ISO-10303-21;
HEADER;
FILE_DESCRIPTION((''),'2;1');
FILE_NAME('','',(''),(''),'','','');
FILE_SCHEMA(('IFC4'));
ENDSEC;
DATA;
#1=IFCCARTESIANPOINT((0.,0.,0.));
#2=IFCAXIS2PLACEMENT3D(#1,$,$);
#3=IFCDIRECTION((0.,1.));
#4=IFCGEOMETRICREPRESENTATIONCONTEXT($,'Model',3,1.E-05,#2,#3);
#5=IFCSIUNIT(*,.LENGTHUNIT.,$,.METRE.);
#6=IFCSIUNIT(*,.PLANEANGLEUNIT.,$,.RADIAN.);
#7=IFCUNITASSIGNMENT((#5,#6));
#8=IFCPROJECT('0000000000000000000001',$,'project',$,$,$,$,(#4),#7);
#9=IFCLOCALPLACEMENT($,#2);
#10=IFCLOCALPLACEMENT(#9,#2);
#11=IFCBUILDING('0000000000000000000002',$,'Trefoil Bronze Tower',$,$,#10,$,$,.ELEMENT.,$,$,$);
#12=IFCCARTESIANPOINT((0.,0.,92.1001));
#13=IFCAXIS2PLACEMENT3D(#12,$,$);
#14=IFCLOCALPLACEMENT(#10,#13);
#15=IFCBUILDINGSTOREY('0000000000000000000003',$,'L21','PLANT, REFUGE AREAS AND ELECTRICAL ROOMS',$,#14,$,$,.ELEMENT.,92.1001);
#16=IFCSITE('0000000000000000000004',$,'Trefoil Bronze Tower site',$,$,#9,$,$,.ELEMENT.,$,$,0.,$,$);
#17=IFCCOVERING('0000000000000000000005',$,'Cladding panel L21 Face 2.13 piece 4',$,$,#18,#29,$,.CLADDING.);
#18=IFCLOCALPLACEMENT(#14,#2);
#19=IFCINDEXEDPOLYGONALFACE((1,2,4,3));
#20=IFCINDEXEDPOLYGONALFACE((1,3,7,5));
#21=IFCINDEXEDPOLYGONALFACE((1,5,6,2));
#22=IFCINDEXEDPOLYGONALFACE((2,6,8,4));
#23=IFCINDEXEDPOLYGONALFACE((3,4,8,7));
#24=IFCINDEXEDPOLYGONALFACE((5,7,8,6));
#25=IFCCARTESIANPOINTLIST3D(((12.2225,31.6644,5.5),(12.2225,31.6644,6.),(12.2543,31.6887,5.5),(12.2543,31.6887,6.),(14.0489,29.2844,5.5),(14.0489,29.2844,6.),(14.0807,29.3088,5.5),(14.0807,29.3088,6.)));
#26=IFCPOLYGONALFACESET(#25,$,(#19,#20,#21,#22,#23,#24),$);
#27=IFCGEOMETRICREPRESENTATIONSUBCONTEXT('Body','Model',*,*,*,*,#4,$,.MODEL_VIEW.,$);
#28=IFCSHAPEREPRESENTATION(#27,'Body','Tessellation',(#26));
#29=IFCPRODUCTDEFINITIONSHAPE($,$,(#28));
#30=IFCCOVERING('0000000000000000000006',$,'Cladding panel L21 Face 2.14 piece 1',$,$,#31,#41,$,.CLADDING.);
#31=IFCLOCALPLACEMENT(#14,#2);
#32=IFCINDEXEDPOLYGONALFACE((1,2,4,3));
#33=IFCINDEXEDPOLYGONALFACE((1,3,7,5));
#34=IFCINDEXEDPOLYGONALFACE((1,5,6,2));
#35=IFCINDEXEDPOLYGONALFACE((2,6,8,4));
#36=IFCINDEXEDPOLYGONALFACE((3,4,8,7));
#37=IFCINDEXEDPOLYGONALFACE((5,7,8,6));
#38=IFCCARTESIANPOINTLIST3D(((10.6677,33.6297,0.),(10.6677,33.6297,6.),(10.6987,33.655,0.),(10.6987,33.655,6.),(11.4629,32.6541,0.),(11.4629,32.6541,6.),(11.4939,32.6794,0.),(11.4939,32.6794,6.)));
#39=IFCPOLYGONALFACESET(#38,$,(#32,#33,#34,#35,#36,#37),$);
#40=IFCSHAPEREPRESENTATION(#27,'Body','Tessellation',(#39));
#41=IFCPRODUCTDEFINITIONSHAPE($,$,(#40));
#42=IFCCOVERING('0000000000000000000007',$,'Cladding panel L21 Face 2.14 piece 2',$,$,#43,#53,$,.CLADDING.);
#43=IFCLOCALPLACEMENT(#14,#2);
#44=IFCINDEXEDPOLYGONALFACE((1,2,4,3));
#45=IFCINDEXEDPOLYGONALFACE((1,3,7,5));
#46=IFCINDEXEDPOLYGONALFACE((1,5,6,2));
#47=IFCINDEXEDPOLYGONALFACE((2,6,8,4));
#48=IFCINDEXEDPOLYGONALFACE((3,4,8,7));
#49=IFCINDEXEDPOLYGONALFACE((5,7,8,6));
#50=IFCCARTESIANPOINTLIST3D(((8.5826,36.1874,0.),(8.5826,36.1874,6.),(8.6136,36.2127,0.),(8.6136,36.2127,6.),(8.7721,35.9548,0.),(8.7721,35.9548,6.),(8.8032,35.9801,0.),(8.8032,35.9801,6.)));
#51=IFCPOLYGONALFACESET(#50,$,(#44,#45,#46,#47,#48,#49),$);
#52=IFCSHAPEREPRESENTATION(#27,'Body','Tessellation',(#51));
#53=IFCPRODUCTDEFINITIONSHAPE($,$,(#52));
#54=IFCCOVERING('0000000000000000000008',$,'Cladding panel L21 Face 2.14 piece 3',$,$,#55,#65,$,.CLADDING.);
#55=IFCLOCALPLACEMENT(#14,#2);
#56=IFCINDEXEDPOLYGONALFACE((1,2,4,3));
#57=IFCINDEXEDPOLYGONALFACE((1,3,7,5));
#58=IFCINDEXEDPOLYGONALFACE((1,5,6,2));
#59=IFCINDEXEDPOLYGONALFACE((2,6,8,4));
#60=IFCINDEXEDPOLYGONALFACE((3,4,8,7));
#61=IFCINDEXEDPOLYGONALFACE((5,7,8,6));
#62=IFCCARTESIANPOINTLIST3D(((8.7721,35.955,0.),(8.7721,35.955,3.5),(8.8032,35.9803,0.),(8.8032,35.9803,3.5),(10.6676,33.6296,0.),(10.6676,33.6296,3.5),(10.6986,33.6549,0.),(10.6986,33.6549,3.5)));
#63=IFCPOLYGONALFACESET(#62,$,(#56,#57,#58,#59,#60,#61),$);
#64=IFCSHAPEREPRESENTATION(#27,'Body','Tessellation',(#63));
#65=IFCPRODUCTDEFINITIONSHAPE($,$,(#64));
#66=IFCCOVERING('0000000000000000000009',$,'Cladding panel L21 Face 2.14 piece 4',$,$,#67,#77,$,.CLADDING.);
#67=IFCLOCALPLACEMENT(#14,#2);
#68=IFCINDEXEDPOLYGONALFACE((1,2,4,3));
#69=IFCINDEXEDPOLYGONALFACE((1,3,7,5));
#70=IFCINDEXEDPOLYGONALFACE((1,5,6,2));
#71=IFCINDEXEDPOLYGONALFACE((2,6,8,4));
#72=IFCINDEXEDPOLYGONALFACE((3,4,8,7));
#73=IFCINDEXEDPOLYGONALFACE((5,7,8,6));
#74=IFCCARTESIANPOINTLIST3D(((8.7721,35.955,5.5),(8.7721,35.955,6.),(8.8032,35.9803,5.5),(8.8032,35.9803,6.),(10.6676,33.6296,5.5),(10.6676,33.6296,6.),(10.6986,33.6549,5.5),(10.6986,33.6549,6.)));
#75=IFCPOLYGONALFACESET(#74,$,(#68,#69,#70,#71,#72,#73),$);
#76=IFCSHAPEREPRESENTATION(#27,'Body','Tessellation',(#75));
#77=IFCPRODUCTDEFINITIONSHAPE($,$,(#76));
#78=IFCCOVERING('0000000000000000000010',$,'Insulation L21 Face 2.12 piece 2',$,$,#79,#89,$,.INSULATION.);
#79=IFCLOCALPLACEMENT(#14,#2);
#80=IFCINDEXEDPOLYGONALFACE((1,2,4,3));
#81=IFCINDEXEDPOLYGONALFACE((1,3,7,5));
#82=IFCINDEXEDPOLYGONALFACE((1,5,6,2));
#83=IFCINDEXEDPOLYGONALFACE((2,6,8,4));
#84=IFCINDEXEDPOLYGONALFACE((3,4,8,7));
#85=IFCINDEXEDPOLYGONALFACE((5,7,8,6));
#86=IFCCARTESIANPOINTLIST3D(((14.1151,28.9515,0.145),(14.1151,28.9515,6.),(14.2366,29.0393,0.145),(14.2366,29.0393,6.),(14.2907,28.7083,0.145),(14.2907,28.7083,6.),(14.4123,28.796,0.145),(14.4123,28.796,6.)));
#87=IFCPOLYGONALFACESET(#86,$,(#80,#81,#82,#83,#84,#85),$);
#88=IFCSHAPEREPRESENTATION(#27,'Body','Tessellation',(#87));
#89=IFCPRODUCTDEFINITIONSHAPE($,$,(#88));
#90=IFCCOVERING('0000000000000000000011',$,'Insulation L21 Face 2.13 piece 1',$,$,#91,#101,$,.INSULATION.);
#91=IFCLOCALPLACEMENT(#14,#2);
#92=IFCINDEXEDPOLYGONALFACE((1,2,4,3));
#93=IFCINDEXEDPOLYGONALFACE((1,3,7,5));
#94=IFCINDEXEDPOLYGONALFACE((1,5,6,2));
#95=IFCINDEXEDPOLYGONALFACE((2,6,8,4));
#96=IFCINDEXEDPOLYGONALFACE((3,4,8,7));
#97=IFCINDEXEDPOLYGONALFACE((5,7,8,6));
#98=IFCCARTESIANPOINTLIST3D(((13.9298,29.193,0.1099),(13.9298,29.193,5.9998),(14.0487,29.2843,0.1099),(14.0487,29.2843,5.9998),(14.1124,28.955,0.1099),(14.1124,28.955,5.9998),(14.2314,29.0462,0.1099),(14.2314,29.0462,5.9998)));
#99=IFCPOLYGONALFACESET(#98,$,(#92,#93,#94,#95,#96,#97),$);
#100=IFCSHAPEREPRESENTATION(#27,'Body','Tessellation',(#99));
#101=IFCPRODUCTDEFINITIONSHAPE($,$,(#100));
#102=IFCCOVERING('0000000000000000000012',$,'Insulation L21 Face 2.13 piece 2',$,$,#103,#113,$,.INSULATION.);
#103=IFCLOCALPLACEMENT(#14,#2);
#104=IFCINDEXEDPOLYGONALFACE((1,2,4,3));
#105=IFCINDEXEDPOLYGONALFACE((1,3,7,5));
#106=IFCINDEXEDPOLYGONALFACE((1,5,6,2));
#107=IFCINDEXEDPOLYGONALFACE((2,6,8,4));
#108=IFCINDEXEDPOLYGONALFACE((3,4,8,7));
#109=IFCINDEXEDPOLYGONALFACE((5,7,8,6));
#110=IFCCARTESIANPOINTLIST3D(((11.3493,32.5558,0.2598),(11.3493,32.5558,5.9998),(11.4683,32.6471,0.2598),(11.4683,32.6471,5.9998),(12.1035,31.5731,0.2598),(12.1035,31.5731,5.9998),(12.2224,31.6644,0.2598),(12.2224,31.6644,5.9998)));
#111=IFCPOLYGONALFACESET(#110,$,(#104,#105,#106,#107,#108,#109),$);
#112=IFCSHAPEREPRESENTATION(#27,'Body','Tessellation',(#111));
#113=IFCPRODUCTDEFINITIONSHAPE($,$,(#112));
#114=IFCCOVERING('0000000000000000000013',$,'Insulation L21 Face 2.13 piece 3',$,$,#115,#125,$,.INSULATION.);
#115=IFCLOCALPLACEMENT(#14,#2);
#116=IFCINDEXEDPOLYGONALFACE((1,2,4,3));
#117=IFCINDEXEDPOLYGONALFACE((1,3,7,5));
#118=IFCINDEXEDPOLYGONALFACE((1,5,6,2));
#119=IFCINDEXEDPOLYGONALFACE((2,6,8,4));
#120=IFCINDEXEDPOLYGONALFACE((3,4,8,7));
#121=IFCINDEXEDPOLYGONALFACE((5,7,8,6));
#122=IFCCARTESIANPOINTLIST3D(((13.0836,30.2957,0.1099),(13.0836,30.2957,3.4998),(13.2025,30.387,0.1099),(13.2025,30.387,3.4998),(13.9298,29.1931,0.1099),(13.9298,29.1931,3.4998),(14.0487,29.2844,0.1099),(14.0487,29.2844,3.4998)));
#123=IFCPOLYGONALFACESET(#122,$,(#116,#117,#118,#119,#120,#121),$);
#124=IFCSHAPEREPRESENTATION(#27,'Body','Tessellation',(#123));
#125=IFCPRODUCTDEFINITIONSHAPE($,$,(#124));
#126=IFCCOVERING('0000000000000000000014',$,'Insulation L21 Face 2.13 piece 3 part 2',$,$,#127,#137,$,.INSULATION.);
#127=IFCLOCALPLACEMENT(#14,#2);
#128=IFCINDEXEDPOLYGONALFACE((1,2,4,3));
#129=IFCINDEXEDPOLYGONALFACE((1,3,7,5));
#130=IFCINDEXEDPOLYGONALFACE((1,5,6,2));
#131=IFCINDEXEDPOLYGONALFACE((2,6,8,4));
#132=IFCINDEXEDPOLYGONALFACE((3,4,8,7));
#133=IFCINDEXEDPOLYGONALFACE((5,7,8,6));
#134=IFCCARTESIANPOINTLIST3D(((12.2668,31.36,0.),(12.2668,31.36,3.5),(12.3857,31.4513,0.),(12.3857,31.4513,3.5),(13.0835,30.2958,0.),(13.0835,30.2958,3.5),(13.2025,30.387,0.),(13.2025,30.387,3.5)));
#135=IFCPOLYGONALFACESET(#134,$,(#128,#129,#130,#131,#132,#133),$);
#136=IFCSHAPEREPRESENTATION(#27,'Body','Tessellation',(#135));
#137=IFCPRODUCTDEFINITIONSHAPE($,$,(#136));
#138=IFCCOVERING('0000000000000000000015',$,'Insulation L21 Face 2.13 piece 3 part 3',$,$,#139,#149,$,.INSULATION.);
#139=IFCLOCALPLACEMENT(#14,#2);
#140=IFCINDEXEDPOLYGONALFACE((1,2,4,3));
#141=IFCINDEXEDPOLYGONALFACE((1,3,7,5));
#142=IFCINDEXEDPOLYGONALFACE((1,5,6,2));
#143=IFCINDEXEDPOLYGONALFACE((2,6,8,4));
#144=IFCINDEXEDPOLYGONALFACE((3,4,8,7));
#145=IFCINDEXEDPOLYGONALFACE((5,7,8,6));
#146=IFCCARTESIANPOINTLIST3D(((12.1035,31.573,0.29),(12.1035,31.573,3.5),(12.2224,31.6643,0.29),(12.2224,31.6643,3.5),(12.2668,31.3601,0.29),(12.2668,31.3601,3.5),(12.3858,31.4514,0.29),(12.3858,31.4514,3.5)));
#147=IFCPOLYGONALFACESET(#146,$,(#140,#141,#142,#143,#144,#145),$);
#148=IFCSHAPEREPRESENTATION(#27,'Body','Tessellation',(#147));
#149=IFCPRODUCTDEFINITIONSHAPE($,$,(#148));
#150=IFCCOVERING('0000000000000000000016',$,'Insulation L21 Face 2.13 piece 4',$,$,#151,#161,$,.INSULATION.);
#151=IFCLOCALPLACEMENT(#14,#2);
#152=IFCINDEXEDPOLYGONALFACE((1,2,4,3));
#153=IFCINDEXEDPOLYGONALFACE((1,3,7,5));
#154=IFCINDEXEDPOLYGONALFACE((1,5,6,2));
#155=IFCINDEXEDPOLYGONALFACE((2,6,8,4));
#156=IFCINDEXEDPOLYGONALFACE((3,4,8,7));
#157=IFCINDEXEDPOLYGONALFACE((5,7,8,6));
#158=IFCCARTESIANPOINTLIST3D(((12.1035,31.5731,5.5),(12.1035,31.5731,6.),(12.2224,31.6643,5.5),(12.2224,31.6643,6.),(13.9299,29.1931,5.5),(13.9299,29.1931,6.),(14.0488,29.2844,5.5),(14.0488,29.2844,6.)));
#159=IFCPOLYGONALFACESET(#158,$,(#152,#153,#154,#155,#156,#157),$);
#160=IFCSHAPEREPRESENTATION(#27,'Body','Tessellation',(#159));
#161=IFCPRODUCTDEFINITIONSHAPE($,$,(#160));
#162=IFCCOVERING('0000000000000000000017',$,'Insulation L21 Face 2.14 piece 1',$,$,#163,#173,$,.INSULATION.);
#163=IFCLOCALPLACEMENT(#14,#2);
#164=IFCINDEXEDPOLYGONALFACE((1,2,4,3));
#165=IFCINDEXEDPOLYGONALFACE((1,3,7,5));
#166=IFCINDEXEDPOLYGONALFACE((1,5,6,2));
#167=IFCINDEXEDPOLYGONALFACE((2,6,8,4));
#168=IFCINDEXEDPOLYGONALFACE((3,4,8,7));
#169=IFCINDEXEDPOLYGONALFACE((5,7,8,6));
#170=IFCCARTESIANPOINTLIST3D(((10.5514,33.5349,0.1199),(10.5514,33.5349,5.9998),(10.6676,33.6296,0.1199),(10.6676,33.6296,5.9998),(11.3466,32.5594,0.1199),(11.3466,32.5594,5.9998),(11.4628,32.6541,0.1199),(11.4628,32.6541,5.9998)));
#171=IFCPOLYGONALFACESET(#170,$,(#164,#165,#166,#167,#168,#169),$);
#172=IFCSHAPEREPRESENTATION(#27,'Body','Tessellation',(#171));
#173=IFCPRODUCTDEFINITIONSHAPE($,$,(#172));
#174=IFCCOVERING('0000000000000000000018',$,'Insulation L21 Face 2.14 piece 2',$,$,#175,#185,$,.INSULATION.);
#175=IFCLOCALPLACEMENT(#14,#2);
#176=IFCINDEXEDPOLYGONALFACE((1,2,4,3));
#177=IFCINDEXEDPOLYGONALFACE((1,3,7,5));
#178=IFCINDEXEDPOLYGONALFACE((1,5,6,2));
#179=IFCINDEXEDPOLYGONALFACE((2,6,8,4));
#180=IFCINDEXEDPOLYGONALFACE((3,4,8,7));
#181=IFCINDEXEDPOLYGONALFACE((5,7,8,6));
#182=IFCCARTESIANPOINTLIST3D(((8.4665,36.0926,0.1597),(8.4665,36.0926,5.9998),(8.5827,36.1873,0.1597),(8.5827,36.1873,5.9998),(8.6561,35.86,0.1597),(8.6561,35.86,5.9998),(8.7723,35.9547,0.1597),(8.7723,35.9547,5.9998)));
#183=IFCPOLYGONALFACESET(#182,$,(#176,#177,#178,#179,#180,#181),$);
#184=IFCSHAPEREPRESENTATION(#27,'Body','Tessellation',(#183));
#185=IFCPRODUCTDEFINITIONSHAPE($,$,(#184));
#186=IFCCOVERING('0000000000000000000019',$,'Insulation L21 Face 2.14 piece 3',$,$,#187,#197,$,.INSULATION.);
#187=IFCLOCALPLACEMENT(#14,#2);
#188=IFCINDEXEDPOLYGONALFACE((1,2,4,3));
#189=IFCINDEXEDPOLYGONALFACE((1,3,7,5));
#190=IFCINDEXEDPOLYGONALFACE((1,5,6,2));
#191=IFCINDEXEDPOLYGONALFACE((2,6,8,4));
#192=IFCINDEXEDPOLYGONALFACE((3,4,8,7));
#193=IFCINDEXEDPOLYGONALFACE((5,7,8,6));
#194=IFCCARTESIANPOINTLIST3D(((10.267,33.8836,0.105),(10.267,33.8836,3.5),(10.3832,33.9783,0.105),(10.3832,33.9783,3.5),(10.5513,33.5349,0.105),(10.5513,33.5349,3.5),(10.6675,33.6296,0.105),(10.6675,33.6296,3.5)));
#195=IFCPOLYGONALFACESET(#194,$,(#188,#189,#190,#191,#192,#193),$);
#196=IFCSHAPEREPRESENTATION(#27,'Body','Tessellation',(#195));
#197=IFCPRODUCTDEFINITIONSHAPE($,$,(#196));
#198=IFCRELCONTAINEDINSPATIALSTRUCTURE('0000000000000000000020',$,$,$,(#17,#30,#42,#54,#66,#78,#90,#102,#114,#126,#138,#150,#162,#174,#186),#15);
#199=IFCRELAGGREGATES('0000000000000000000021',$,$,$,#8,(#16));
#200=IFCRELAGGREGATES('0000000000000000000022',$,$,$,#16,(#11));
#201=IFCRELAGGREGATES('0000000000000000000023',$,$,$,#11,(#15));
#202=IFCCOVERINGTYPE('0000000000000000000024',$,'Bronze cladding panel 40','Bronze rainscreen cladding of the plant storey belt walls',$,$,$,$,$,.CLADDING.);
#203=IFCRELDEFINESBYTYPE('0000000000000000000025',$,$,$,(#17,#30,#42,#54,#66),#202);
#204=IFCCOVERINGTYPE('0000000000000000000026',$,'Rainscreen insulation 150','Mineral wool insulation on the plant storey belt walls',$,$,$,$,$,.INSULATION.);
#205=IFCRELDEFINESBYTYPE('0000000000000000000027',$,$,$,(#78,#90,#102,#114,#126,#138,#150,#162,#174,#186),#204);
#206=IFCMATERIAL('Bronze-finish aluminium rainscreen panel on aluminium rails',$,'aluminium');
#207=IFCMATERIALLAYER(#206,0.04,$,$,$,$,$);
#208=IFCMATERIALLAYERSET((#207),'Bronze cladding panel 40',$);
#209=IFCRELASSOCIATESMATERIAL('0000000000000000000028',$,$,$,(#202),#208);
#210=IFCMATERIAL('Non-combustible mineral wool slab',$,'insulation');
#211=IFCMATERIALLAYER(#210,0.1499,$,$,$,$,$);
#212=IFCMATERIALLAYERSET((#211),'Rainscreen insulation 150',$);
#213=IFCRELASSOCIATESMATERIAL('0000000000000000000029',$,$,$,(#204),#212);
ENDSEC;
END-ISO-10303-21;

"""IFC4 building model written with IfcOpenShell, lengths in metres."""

from ifc_helpers import new_model, si_unit, direction, frame, origin, origin_2d, place, context, subcontext, project, spatial, rectangle, extrude, material, layer, layer_set, type_object, element, save


model = new_model("IFC4")

# Units and contexts
model_context = context("Model", 3, precision=1e-05, world=origin(), true_north=direction((0.0, 1.0)))
body_context = subcontext(model_context, "Body", "Model", "MODEL_VIEW")
ifc_project = project(units=[si_unit("LENGTHUNIT", "METRE"), si_unit("PLANEANGLEUNIT", "RADIAN")], contexts=[model_context])

# Site, building, storey
site_placement = place(None, origin())
site = spatial("IfcSite", under=ifc_project, at=site_placement, Name="Trefoil Bronze Tower site", CompositionType="ELEMENT", RefElevation=0.0)
building_placement = place(site_placement, origin())
building = spatial("IfcBuilding", under=site, at=building_placement, Name="Trefoil Bronze Tower", CompositionType="ELEMENT")
storey_placement = place(building_placement, frame((0.0, 0.0, 92.1001)))
storey = spatial("IfcBuildingStorey", under=building, at=storey_placement, Name="L21", Description="PLANT, REFUGE AREAS AND ELECTRICAL ROOMS", CompositionType="ELEMENT", Elevation=92.1001)

# Coverings
ifc_material_1 = material(Name="Bronze-finish aluminium rainscreen panel on aluminium rails", Category="aluminium")
ifc_layer_1 = layer(ifc_material_1, 0.04)
ifc_layer_set_1 = layer_set([ifc_layer_1], Name="Bronze cladding panel 40")
covering_type_1 = type_object("IfcCoveringType", Name="Bronze cladding panel 40", Description="Bronze rainscreen cladding of the plant storey belt walls", PredefinedType="CLADDING", material=ifc_layer_set_1)
covering_1_placement = place(storey_placement, frame((13.1516, 30.4866, 5.5), z_axis=(0.0, 0.0, 1.0), x_axis=(-0.608808, 0.793318, 0.0)))
element("IfcCovering", 1, at=covering_1_placement, inside=storey, type_object=covering_type_1, Name="Cladding panel L21 Face 2.13 piece 4", PredefinedType="CLADDING", context=body_context, shape_type="SweptSolid", body=[
    extrude(rectangle(XDim=3.0, YDim=0.04, at=origin_2d()), origin(), (0.0, 0.0, 1.0), 0.5),
])
covering_2_placement = place(storey_placement, frame((11.0808, 33.1545, 0.0), z_axis=(0.0, 0.0, 1.0), x_axis=(-0.631811, 0.775123, 0.0)))
element("IfcCovering", 2, at=covering_2_placement, inside=storey, type_object=covering_type_1, Name="Cladding panel L21 Face 2.14 piece 1", PredefinedType="CLADDING", context=body_context, shape_type="SweptSolid", body=[
    extrude(rectangle(XDim=1.2585, YDim=0.04, at=origin_2d()), origin(), (0.0, 0.0, 1.0), 6.0),
])
covering_3_placement = place(storey_placement, frame((8.6929, 36.0837, 0.0), z_axis=(0.0, 0.0, 1.0), x_axis=(-0.631811, 0.775123, 0.0)))
element("IfcCovering", 3, at=covering_3_placement, inside=storey, type_object=covering_type_1, Name="Cladding panel L21 Face 2.14 piece 2", PredefinedType="CLADDING", context=body_context, shape_type="SweptSolid", body=[
    extrude(rectangle(XDim=0.3, YDim=0.04, at=origin_2d()), origin(), (0.0, 0.0, 1.0), 6.0),
])
covering_4_placement = place(storey_placement, frame((9.7354, 34.8049, 0.0), z_axis=(0.0, 0.0, 1.0), x_axis=(-0.631811, 0.775123, 0.0)))
element("IfcCovering", 4, at=covering_4_placement, inside=storey, type_object=covering_type_1, Name="Cladding panel L21 Face 2.14 piece 3", PredefinedType="CLADDING", context=body_context, shape_type="SweptSolid", body=[
    extrude(rectangle(XDim=3.0, YDim=0.04, at=origin_2d()), origin(), (0.0, 0.0, 1.0), 3.5),
])
covering_5_placement = place(storey_placement, frame((9.7354, 34.8049, 5.5), z_axis=(0.0, 0.0, 1.0), x_axis=(-0.631811, 0.775123, 0.0)))
element("IfcCovering", 5, at=covering_5_placement, inside=storey, type_object=covering_type_1, Name="Cladding panel L21 Face 2.14 piece 4", PredefinedType="CLADDING", context=body_context, shape_type="SweptSolid", body=[
    extrude(rectangle(XDim=3.0, YDim=0.04, at=origin_2d()), origin(), (0.0, 0.0, 1.0), 0.5),
])
ifc_material_2 = material(Name="Non-combustible mineral wool slab", Category="insulation")
ifc_layer_2 = layer(ifc_material_2, 0.1499)
ifc_layer_set_2 = layer_set([ifc_layer_2], Name="Rainscreen insulation 150")
covering_type_2 = type_object("IfcCoveringType", Name="Rainscreen insulation 150", Description="Mineral wool insulation on the plant storey belt walls", PredefinedType="INSULATION", material=ifc_layer_set_2)
covering_6_placement = place(storey_placement, frame((14.2637, 28.8738, 0.145), z_axis=(0.0, 0.0, 1.0), x_axis=(-0.585373, 0.810764, 0.0)))
element("IfcCovering", 6, at=covering_6_placement, inside=storey, type_object=covering_type_2, Name="Insulation L21 Face 2.12 piece 2", PredefinedType="INSULATION", context=body_context, shape_type="SweptSolid", body=[
    extrude(rectangle(XDim=0.3, YDim=0.1499, at=origin_2d()), origin(), (0.0, 0.0, 1.0), 5.855),
])
covering_7_placement = place(storey_placement, frame((14.0806, 29.1196, 0.1099), z_axis=(0.0, 0.0, 1.0), x_axis=(-0.608808, 0.793318, 0.0)))
element("IfcCovering", 7, at=covering_7_placement, inside=storey, type_object=covering_type_2, Name="Insulation L21 Face 2.13 piece 1", PredefinedType="INSULATION", context=body_context, shape_type="SweptSolid", body=[
    extrude(rectangle(XDim=0.3, YDim=0.1499, at=origin_2d()), origin(), (0.0, 0.0, 1.0), 5.8899),
])
covering_8_placement = place(storey_placement, frame((11.7859, 32.1101, 0.2598), z_axis=(0.0, 0.0, 1.0), x_axis=(-0.608808, 0.793318, 0.0)))
element("IfcCovering", 8, at=covering_8_placement, inside=storey, type_object=covering_type_2, Name="Insulation L21 Face 2.13 piece 2", PredefinedType="INSULATION", context=body_context, shape_type="SweptSolid", body=[
    extrude(rectangle(XDim=1.2388, YDim=0.1499, at=origin_2d()), origin(), (0.0, 0.0, 1.0), 5.74),
])
covering_9_placement = place(storey_placement, frame((13.5662, 29.79, 0.1099), z_axis=(0.0, 0.0, 1.0), x_axis=(-0.608808, 0.793318, 0.0)))
element("IfcCovering", 9, at=covering_9_placement, inside=storey, type_object=covering_type_2, Name="Insulation L21 Face 2.13 piece 3", PredefinedType="INSULATION", context=body_context, shape_type="SweptSolid", body=[
    extrude(rectangle(XDim=1.3899, YDim=0.1499, at=origin_2d()), origin(), (0.0, 0.0, 1.0), 3.3899),
])
covering_10_placement = place(storey_placement, frame((12.7346, 30.8735, 0.0), z_axis=(0.0, 0.0, 1.0), x_axis=(-0.608808, 0.793318, 0.0)))
element("IfcCovering", 10, at=covering_10_placement, inside=storey, type_object=covering_type_2, Name="Insulation L21 Face 2.13 piece 3 part 2", PredefinedType="INSULATION", context=body_context, shape_type="SweptSolid", body=[
    extrude(rectangle(XDim=1.3416, YDim=0.1499, at=origin_2d()), origin(), (0.0, 0.0, 1.0), 3.5),
])
covering_11_placement = place(storey_placement, frame((12.2446, 31.5122, 0.29), z_axis=(0.0, 0.0, 1.0), x_axis=(-0.608808, 0.793318, 0.0)))
element("IfcCovering", 11, at=covering_11_placement, inside=storey, type_object=covering_type_2, Name="Insulation L21 Face 2.13 piece 3 part 3", PredefinedType="INSULATION", context=body_context, shape_type="SweptSolid", body=[
    extrude(rectangle(XDim=0.2683, YDim=0.1499, at=origin_2d()), origin(), (0.0, 0.0, 1.0), 3.21),
])
covering_12_placement = place(storey_placement, frame((13.0762, 30.4287, 5.5), z_axis=(0.0, 0.0, 1.0), x_axis=(-0.608808, 0.793318, 0.0)))
element("IfcCovering", 12, at=covering_12_placement, inside=storey, type_object=covering_type_2, Name="Insulation L21 Face 2.13 piece 4", PredefinedType="INSULATION", context=body_context, shape_type="SweptSolid", body=[
    extrude(rectangle(XDim=3.0, YDim=0.1499, at=origin_2d()), origin(), (0.0, 0.0, 1.0), 0.5),
])
covering_13_placement = place(storey_placement, frame((11.0071, 33.0945, 0.1199), z_axis=(0.0, 0.0, 1.0), x_axis=(-0.631811, 0.775123, 0.0)))
element("IfcCovering", 13, at=covering_13_placement, inside=storey, type_object=covering_type_2, Name="Insulation L21 Face 2.14 piece 1", PredefinedType="INSULATION", context=body_context, shape_type="SweptSolid", body=[
    extrude(rectangle(XDim=1.2585, YDim=0.1499, at=origin_2d()), origin(), (0.0, 0.0, 1.0), 5.8799),
])
covering_14_placement = place(storey_placement, frame((8.6194, 36.0237, 0.1597), z_axis=(0.0, 0.0, 1.0), x_axis=(-0.631811, 0.775123, 0.0)))
element("IfcCovering", 14, at=covering_14_placement, inside=storey, type_object=covering_type_2, Name="Insulation L21 Face 2.14 piece 2", PredefinedType="INSULATION", context=body_context, shape_type="SweptSolid", body=[
    extrude(rectangle(XDim=0.3, YDim=0.1499, at=origin_2d()), origin(), (0.0, 0.0, 1.0), 5.8401),
])
covering_15_placement = place(storey_placement, frame((10.4673, 33.7566, 0.105), z_axis=(0.0, 0.0, 1.0), x_axis=(-0.631811, 0.775123, 0.0)))
element("IfcCovering", 15, at=covering_15_placement, inside=storey, type_object=covering_type_2, Name="Insulation L21 Face 2.14 piece 3", PredefinedType="INSULATION", context=body_context, shape_type="SweptSolid", body=[
    extrude(rectangle(XDim=0.45, YDim=0.1499, at=origin_2d()), origin(), (0.0, 0.0, 1.0), 3.395),
])

save(model, "model.ifc")
